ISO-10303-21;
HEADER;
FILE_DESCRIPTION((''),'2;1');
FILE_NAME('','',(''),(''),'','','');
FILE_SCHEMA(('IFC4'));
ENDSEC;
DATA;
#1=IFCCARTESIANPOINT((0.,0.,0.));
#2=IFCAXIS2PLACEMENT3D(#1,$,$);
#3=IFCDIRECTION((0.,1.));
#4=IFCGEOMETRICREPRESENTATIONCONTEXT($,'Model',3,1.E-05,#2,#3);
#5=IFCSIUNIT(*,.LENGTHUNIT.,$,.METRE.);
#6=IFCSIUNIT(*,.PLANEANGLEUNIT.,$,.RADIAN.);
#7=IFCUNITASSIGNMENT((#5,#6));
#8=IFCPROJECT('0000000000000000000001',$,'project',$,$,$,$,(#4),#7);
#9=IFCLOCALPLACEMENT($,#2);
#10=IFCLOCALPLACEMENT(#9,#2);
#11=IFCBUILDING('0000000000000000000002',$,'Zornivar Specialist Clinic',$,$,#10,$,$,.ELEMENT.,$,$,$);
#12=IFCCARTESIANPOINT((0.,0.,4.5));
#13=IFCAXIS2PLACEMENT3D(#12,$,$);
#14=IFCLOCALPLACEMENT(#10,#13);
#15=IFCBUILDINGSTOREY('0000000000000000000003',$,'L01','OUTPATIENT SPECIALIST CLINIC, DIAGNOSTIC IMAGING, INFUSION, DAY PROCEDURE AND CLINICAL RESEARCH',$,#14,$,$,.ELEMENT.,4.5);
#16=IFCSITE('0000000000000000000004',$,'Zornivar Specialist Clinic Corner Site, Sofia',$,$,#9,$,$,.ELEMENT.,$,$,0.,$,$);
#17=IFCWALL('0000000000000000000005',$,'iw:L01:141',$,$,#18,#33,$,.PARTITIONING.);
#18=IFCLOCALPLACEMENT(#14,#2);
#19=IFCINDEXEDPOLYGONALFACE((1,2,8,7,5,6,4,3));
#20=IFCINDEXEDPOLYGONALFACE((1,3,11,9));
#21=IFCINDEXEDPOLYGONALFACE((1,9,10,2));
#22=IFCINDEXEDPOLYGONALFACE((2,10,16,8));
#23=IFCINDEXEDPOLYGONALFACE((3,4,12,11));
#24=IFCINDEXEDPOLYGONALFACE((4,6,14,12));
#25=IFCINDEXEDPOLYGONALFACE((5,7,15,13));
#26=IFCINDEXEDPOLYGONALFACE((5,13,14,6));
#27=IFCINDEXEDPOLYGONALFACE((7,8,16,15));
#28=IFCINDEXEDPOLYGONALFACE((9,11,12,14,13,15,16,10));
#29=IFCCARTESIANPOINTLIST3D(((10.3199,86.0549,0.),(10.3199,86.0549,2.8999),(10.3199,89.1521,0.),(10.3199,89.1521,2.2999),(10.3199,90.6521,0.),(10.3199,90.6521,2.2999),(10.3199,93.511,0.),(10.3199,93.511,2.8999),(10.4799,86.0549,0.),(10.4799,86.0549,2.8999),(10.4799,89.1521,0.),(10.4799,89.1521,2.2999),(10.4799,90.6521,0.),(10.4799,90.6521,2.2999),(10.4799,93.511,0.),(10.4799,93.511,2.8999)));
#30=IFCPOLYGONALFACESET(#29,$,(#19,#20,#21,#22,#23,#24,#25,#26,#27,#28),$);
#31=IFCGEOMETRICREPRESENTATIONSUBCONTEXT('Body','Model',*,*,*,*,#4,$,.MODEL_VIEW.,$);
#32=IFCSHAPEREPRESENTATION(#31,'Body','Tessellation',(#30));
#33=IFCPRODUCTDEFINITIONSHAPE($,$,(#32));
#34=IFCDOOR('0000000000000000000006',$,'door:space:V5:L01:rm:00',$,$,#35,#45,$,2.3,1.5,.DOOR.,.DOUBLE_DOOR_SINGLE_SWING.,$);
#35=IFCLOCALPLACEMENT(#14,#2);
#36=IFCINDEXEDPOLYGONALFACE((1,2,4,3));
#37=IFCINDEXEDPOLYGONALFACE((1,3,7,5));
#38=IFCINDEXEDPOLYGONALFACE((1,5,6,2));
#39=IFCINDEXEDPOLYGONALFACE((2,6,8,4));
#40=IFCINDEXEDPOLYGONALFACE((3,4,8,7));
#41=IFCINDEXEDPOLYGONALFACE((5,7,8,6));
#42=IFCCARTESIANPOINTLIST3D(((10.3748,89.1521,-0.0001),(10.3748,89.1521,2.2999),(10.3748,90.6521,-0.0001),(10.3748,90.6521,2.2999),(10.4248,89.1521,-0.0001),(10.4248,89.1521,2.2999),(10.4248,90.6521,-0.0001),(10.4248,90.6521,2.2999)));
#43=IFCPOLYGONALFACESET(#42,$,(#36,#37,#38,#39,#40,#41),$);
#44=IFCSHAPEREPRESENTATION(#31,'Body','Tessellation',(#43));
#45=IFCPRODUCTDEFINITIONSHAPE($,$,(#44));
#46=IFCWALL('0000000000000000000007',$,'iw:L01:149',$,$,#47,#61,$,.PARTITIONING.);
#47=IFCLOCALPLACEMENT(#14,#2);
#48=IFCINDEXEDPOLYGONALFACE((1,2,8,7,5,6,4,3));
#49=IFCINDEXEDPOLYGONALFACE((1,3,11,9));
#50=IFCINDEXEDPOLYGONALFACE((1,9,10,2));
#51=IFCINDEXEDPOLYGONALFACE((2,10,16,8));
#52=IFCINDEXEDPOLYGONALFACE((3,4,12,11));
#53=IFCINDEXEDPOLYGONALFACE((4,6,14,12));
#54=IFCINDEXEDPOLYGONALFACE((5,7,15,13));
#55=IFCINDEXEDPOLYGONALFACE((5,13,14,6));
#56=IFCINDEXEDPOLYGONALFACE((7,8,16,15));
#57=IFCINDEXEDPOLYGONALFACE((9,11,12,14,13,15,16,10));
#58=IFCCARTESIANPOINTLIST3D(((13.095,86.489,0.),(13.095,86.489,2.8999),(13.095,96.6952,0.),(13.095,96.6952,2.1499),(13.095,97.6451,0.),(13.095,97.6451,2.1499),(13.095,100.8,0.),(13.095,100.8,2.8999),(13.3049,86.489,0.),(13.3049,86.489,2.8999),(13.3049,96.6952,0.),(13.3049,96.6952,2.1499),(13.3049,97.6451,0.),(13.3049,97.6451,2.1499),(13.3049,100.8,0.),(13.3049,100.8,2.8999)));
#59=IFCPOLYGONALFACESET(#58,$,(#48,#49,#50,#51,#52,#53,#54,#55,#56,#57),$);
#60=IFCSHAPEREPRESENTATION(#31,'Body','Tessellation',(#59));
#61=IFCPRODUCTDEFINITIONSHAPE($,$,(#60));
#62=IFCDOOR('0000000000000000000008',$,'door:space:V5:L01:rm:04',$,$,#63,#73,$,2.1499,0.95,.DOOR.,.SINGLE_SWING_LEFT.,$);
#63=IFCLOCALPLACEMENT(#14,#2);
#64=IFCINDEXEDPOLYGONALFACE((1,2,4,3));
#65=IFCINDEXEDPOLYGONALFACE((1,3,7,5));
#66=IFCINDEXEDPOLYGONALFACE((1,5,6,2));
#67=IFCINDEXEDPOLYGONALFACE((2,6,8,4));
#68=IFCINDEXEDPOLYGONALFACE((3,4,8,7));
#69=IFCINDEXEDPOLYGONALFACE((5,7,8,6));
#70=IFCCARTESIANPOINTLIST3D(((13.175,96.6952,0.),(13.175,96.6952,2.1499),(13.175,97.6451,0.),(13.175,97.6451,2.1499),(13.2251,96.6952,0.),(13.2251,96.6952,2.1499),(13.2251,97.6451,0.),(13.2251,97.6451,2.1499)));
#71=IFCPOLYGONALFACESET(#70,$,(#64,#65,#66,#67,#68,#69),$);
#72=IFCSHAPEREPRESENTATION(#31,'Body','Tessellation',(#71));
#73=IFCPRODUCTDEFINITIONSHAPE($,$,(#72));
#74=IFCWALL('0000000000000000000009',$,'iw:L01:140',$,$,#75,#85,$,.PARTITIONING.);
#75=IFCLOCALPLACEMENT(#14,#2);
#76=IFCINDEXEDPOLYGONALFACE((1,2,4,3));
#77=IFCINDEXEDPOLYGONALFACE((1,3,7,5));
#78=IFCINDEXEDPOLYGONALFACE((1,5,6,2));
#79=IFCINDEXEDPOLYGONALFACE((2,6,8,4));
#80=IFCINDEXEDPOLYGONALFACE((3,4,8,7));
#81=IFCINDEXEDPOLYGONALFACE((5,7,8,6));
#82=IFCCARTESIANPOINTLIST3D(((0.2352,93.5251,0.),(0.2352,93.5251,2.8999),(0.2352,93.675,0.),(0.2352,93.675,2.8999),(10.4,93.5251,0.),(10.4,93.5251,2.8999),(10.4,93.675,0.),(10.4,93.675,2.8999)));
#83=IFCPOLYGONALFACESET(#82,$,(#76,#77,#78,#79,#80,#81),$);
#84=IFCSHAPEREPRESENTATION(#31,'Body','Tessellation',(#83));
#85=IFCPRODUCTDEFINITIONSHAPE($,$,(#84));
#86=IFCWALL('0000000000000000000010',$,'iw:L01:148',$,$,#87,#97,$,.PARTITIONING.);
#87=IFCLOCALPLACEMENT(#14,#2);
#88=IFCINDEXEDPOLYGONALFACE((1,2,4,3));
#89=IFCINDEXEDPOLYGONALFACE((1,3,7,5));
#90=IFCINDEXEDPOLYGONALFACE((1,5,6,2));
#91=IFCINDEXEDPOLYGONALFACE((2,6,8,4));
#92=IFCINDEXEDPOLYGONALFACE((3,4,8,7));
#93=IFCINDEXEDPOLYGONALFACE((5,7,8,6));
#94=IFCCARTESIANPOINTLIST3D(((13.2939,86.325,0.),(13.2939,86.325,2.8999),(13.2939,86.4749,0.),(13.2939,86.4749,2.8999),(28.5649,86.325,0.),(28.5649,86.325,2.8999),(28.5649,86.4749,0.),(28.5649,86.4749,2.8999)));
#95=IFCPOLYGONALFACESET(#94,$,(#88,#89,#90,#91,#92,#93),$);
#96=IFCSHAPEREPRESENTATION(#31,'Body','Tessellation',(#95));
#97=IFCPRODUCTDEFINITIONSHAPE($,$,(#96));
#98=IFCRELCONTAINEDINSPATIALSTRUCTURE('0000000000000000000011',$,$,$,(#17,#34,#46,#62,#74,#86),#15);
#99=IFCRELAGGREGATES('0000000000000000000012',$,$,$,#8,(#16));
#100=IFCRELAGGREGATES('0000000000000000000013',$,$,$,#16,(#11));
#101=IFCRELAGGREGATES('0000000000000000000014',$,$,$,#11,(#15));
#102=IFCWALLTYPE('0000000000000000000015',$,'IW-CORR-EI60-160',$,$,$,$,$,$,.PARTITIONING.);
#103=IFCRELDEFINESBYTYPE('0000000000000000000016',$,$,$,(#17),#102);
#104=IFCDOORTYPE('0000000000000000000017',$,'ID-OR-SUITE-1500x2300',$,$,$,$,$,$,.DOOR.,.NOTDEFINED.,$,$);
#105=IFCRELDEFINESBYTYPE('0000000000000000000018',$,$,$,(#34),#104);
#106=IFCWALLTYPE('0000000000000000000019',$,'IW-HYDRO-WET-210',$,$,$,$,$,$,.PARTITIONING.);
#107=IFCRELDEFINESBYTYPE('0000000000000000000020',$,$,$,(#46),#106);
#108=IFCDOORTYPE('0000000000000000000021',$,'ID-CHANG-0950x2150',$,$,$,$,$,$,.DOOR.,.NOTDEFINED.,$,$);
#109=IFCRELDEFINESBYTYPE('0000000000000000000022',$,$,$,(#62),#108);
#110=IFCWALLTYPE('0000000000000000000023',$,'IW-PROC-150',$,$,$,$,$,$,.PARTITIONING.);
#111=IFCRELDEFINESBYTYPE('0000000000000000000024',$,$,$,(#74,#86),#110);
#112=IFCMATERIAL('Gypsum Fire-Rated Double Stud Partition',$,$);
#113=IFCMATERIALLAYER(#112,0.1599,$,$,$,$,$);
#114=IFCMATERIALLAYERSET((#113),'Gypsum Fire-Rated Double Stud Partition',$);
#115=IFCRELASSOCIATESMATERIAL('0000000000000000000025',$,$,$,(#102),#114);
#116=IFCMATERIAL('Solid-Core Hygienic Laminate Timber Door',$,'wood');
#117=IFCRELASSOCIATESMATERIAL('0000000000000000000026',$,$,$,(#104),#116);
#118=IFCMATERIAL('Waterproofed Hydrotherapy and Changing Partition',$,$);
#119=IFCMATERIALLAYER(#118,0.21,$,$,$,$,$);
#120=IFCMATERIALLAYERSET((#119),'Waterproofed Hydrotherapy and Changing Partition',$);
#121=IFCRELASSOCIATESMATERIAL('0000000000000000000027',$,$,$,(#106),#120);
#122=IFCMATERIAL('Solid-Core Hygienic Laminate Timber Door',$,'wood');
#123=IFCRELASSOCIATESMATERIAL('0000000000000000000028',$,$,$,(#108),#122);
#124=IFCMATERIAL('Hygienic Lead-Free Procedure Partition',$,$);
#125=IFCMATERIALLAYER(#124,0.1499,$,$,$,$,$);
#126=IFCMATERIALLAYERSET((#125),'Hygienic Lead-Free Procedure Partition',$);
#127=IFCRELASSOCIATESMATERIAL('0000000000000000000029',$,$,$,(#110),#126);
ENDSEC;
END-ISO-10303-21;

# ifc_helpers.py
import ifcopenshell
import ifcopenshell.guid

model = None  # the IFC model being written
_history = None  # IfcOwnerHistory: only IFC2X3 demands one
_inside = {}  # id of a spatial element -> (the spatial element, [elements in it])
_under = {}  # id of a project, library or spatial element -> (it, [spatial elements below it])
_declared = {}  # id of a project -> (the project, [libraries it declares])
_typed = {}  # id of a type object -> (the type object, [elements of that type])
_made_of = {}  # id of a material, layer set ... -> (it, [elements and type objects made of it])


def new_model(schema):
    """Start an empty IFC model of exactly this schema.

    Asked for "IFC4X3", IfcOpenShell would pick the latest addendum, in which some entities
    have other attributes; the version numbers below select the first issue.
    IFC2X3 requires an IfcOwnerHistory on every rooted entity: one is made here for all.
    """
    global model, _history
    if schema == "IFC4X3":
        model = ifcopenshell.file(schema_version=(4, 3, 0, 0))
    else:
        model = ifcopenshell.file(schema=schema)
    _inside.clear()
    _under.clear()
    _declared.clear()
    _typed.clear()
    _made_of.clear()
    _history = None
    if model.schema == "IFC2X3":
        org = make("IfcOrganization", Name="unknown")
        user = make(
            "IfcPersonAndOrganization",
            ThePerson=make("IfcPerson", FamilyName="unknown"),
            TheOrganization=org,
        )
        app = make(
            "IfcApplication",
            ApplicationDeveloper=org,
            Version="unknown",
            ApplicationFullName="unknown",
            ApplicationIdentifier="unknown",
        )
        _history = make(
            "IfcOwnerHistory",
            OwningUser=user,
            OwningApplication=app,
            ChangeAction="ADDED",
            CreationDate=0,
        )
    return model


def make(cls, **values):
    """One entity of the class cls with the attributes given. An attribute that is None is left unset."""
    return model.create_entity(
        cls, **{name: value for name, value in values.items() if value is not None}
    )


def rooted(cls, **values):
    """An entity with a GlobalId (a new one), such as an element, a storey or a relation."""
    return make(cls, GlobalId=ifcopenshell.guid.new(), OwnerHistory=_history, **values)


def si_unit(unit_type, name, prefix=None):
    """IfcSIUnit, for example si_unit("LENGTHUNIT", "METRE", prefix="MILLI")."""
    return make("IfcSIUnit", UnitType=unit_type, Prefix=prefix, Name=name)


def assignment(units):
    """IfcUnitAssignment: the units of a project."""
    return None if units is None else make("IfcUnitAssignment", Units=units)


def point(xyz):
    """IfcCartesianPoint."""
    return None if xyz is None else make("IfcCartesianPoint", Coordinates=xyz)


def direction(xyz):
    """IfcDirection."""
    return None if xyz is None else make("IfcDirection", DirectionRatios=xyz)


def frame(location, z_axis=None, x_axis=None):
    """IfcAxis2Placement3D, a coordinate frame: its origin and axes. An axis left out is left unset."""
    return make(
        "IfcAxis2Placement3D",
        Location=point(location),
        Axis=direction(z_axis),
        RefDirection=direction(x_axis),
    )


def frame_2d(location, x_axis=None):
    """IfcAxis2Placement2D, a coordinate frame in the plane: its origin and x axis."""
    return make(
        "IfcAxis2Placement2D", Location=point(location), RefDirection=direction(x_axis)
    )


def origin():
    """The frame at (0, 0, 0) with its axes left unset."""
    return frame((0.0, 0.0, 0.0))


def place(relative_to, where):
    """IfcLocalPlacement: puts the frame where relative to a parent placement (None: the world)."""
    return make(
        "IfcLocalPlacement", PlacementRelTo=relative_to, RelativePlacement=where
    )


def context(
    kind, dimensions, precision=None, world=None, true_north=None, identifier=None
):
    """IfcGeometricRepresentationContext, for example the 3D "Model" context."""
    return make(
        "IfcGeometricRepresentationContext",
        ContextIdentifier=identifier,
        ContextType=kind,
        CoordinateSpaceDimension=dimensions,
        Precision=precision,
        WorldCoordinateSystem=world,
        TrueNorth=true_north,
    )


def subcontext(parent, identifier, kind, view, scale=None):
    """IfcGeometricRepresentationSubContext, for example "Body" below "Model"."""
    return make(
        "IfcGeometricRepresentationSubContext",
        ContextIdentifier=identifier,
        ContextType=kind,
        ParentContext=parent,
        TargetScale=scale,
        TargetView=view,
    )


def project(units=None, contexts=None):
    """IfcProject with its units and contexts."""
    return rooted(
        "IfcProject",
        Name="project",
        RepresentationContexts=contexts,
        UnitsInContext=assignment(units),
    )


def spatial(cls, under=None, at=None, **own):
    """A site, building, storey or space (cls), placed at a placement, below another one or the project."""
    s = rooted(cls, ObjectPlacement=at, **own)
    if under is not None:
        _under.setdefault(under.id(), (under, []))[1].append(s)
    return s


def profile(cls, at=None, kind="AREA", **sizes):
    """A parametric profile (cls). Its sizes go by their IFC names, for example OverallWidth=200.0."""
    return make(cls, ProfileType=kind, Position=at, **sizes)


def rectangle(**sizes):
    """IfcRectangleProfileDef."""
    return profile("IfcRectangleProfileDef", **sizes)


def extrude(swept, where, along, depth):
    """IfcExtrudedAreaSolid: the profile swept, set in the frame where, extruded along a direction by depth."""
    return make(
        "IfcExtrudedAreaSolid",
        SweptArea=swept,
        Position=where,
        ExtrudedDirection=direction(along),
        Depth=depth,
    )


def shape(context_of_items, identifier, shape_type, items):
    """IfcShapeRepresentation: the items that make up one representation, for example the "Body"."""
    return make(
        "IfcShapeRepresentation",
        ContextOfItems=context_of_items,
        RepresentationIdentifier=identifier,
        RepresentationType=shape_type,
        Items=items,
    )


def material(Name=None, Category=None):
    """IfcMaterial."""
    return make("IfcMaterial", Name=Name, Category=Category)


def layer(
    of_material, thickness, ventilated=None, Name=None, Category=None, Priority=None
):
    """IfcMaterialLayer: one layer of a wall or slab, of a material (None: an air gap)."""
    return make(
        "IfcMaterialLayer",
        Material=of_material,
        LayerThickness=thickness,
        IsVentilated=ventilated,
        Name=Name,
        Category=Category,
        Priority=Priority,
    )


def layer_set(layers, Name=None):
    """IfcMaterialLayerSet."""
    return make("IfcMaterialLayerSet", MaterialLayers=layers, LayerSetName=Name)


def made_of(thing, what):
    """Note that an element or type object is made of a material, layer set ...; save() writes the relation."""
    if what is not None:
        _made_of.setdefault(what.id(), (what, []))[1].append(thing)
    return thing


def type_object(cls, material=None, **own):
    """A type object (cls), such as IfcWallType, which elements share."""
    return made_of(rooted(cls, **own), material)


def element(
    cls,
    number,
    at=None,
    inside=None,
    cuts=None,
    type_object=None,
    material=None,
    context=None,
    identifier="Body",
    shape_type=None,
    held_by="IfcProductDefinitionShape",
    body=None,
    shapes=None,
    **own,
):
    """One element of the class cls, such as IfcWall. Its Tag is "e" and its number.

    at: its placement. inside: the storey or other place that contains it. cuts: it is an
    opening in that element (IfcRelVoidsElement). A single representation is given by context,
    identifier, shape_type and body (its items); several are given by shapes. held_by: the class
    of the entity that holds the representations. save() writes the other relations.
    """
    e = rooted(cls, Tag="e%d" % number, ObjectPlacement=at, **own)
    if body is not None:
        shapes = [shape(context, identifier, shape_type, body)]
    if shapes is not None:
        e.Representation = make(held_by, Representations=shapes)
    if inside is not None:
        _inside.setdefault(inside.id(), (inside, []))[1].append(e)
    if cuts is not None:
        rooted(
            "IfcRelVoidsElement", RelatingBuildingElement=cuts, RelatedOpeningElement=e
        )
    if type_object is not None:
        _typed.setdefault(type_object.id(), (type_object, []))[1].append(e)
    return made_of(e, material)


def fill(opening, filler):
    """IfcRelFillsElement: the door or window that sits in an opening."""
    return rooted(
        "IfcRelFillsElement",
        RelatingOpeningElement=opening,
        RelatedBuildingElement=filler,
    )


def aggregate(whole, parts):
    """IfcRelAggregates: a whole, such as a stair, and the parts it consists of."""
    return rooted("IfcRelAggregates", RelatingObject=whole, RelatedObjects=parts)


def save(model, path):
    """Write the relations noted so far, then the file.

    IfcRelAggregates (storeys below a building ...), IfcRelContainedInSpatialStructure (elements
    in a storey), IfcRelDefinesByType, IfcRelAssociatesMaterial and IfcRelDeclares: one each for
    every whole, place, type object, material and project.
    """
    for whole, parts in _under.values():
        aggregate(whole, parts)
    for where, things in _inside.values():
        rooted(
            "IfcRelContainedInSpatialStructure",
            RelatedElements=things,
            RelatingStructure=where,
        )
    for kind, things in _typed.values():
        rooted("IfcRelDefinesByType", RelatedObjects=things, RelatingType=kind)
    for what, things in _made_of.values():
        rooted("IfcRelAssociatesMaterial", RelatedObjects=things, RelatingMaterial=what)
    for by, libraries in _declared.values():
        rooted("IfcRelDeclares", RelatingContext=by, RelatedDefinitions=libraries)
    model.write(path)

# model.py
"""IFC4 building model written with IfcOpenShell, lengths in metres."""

from ifc_helpers import new_model, si_unit, direction, frame, frame_2d, origin, place, context, subcontext, project, spatial, rectangle, extrude, material, layer, layer_set, type_object, element, fill, save


model = new_model("IFC4")

# Units and contexts
model_context = context("Model", 3, precision=1e-05, world=origin(), true_north=direction((0.0, 1.0)))
body_context = subcontext(model_context, "Body", "Model", "MODEL_VIEW")
ifc_project = project(units=[si_unit("LENGTHUNIT", "METRE"), si_unit("PLANEANGLEUNIT", "RADIAN")], contexts=[model_context])

# Site, building, storey
site_placement = place(None, origin())
site = spatial("IfcSite", under=ifc_project, at=site_placement, Name="Zornivar Specialist Clinic Corner Site, Sofia", CompositionType="ELEMENT", RefElevation=0.0)
building_placement = place(site_placement, origin())
building = spatial("IfcBuilding", under=site, at=building_placement, Name="Zornivar Specialist Clinic", CompositionType="ELEMENT")
storey_placement = place(building_placement, frame((0.0, 0.0, 4.5)))
storey = spatial("IfcBuildingStorey", under=building, at=storey_placement, Name="L01", Description="OUTPATIENT SPECIALIST CLINIC, DIAGNOSTIC IMAGING, INFUSION, DAY PROCEDURE AND CLINICAL RESEARCH", CompositionType="ELEMENT", Elevation=4.5)

# Walls, openings, doors
ifc_material_1 = material(Name="Gypsum Fire-Rated Double Stud Partition")
ifc_layer_1 = layer(ifc_material_1, 0.1599)
ifc_layer_set_1 = layer_set([ifc_layer_1], Name="Gypsum Fire-Rated Double Stud Partition")
wall_type_1 = type_object("IfcWallType", Name="IW-CORR-EI60-160", PredefinedType="PARTITIONING", material=ifc_layer_set_1)
wall_1_placement = place(storey_placement, frame((10.3999, 93.511, 0.0), z_axis=(0.0, 0.0, 1.0), x_axis=(0.0, -1.0, 0.0)))
wall_1 = element("IfcWall", 1, at=wall_1_placement, inside=storey, type_object=wall_type_1, Name="iw:L01:141", PredefinedType="PARTITIONING", context=body_context, shape_type="SweptSolid", body=[
    extrude(rectangle(XDim=7.4561, YDim=0.1599, at=frame_2d((3.728, 0.0))), origin(), (0.0, 0.0, 1.0), 2.8999),
])
opening_1_placement = place(wall_1_placement, frame((2.8589, 0.0, 0.0)))
opening_1 = element("IfcOpeningElement", 2, at=opening_1_placement, cuts=wall_1, PredefinedType="OPENING", context=body_context, shape_type="SweptSolid", body=[
    extrude(rectangle(XDim=1.5, YDim=2.3, at=frame_2d((0.75, 1.1499))), frame((0.0, 0.0898, 0.0), z_axis=(0.0, -1.0, 0.0), x_axis=(1.0, 0.0, 0.0)), (0.0, 0.0, 1.0), 0.1799),
])
ifc_material_2 = material(Name="Solid-Core Hygienic Laminate Timber Door", Category="wood")
door_type_1 = type_object("IfcDoorType", Name="ID-OR-SUITE-1500x2300", OperationType="NOTDEFINED", PredefinedType="DOOR", material=ifc_material_2)
door_1_placement = place(opening_1_placement, origin())
door_1 = element("IfcDoor", 3, at=door_1_placement, inside=storey, type_object=door_type_1, Name="door:space:V5:L01:rm:00", OperationType="DOUBLE_DOOR_SINGLE_SWING", OverallHeight=2.3, OverallWidth=1.5, PredefinedType="DOOR", context=body_context, shape_type="SweptSolid", body=[
    extrude(rectangle(XDim=1.5, YDim=2.3, at=frame_2d((0.75, 1.1499))), frame((0.0, 0.0249, 0.0), z_axis=(0.0, -1.0, 0.0), x_axis=(1.0, 0.0, 0.0)), (0.0, 0.0, 1.0), 0.05),
])
fill(opening_1, door_1)
ifc_material_3 = material(Name="Waterproofed Hydrotherapy and Changing Partition")
ifc_layer_2 = layer(ifc_material_3, 0.21)
ifc_layer_set_2 = layer_set([ifc_layer_2], Name="Waterproofed Hydrotherapy and Changing Partition")
wall_type_2 = type_object("IfcWallType", Name="IW-HYDRO-WET-210", PredefinedType="PARTITIONING", material=ifc_layer_set_2)
wall_2_placement = place(storey_placement, frame((13.2, 86.489, 0.0), z_axis=(0.0, 0.0, 1.0), x_axis=(0.0, 1.0, 0.0)))
wall_2 = element("IfcWall", 4, at=wall_2_placement, inside=storey, type_object=wall_type_2, Name="iw:L01:149", PredefinedType="PARTITIONING", context=body_context, shape_type="SweptSolid", body=[
    extrude(rectangle(XDim=14.311, YDim=0.21, at=frame_2d((7.1555, 0.0))), origin(), (0.0, 0.0, 1.0), 2.8999),
])
opening_2_placement = place(wall_2_placement, frame((10.2061, 0.0, 0.0)))
opening_2 = element("IfcOpeningElement", 5, at=opening_2_placement, cuts=wall_2, PredefinedType="OPENING", context=body_context, shape_type="SweptSolid", body=[
    extrude(rectangle(XDim=0.95, YDim=2.1499, at=frame_2d((0.4751, 1.075))), frame((0.0, 0.115, 0.0), z_axis=(0.0, -1.0, 0.0), x_axis=(1.0, 0.0, 0.0)), (0.0, 0.0, 1.0), 0.23),
])
ifc_material_4 = material(Name="Solid-Core Hygienic Laminate Timber Door", Category="wood")
door_type_2 = type_object("IfcDoorType", Name="ID-CHANG-0950x2150", OperationType="NOTDEFINED", PredefinedType="DOOR", material=ifc_material_4)
door_2_placement = place(opening_2_placement, origin())
door_2 = element("IfcDoor", 6, at=door_2_placement, inside=storey, type_object=door_type_2, Name="door:space:V5:L01:rm:04", OperationType="SINGLE_SWING_LEFT", OverallHeight=2.1499, OverallWidth=0.95, PredefinedType="DOOR", context=body_context, shape_type="SweptSolid", body=[
    extrude(rectangle(XDim=0.95, YDim=2.1499, at=frame_2d((0.4751, 1.075))), frame((0.0, 0.0249, 0.0), z_axis=(0.0, -1.0, 0.0), x_axis=(1.0, 0.0, 0.0)), (0.0, 0.0, 1.0), 0.05),
])
fill(opening_2, door_2)

# Walls
ifc_material_5 = material(Name="Hygienic Lead-Free Procedure Partition")
ifc_layer_3 = layer(ifc_material_5, 0.1499)
ifc_layer_set_3 = layer_set([ifc_layer_3], Name="Hygienic Lead-Free Procedure Partition")
wall_type_3 = type_object("IfcWallType", Name="IW-PROC-150", PredefinedType="PARTITIONING", material=ifc_layer_set_3)
wall_3_placement = place(storey_placement, frame((0.2351, 93.6001, 0.0), z_axis=(0.0, 0.0, 1.0), x_axis=(1.0, 0.0, 0.0)))
element("IfcWall", 7, at=wall_3_placement, inside=storey, type_object=wall_type_3, Name="iw:L01:140", PredefinedType="PARTITIONING", context=body_context, shape_type="SweptSolid", body=[
    extrude(rectangle(XDim=10.1648, YDim=0.1499, at=frame_2d((5.0825, 0.0))), origin(), (0.0, 0.0, 1.0), 2.8999),
])
wall_4_placement = place(storey_placement, frame((13.2939, 86.3999, 0.0), z_axis=(0.0, 0.0, 1.0), x_axis=(1.0, 0.0, 0.0)))
element("IfcWall", 8, at=wall_4_placement, inside=storey, type_object=wall_type_3, Name="iw:L01:148", PredefinedType="PARTITIONING", context=body_context, shape_type="SweptSolid", body=[
    extrude(rectangle(XDim=15.271, YDim=0.1499, at=frame_2d((7.6355, 0.0))), origin(), (0.0, 0.0, 1.0), 2.8999),
])

save(model, "model.ifc")
